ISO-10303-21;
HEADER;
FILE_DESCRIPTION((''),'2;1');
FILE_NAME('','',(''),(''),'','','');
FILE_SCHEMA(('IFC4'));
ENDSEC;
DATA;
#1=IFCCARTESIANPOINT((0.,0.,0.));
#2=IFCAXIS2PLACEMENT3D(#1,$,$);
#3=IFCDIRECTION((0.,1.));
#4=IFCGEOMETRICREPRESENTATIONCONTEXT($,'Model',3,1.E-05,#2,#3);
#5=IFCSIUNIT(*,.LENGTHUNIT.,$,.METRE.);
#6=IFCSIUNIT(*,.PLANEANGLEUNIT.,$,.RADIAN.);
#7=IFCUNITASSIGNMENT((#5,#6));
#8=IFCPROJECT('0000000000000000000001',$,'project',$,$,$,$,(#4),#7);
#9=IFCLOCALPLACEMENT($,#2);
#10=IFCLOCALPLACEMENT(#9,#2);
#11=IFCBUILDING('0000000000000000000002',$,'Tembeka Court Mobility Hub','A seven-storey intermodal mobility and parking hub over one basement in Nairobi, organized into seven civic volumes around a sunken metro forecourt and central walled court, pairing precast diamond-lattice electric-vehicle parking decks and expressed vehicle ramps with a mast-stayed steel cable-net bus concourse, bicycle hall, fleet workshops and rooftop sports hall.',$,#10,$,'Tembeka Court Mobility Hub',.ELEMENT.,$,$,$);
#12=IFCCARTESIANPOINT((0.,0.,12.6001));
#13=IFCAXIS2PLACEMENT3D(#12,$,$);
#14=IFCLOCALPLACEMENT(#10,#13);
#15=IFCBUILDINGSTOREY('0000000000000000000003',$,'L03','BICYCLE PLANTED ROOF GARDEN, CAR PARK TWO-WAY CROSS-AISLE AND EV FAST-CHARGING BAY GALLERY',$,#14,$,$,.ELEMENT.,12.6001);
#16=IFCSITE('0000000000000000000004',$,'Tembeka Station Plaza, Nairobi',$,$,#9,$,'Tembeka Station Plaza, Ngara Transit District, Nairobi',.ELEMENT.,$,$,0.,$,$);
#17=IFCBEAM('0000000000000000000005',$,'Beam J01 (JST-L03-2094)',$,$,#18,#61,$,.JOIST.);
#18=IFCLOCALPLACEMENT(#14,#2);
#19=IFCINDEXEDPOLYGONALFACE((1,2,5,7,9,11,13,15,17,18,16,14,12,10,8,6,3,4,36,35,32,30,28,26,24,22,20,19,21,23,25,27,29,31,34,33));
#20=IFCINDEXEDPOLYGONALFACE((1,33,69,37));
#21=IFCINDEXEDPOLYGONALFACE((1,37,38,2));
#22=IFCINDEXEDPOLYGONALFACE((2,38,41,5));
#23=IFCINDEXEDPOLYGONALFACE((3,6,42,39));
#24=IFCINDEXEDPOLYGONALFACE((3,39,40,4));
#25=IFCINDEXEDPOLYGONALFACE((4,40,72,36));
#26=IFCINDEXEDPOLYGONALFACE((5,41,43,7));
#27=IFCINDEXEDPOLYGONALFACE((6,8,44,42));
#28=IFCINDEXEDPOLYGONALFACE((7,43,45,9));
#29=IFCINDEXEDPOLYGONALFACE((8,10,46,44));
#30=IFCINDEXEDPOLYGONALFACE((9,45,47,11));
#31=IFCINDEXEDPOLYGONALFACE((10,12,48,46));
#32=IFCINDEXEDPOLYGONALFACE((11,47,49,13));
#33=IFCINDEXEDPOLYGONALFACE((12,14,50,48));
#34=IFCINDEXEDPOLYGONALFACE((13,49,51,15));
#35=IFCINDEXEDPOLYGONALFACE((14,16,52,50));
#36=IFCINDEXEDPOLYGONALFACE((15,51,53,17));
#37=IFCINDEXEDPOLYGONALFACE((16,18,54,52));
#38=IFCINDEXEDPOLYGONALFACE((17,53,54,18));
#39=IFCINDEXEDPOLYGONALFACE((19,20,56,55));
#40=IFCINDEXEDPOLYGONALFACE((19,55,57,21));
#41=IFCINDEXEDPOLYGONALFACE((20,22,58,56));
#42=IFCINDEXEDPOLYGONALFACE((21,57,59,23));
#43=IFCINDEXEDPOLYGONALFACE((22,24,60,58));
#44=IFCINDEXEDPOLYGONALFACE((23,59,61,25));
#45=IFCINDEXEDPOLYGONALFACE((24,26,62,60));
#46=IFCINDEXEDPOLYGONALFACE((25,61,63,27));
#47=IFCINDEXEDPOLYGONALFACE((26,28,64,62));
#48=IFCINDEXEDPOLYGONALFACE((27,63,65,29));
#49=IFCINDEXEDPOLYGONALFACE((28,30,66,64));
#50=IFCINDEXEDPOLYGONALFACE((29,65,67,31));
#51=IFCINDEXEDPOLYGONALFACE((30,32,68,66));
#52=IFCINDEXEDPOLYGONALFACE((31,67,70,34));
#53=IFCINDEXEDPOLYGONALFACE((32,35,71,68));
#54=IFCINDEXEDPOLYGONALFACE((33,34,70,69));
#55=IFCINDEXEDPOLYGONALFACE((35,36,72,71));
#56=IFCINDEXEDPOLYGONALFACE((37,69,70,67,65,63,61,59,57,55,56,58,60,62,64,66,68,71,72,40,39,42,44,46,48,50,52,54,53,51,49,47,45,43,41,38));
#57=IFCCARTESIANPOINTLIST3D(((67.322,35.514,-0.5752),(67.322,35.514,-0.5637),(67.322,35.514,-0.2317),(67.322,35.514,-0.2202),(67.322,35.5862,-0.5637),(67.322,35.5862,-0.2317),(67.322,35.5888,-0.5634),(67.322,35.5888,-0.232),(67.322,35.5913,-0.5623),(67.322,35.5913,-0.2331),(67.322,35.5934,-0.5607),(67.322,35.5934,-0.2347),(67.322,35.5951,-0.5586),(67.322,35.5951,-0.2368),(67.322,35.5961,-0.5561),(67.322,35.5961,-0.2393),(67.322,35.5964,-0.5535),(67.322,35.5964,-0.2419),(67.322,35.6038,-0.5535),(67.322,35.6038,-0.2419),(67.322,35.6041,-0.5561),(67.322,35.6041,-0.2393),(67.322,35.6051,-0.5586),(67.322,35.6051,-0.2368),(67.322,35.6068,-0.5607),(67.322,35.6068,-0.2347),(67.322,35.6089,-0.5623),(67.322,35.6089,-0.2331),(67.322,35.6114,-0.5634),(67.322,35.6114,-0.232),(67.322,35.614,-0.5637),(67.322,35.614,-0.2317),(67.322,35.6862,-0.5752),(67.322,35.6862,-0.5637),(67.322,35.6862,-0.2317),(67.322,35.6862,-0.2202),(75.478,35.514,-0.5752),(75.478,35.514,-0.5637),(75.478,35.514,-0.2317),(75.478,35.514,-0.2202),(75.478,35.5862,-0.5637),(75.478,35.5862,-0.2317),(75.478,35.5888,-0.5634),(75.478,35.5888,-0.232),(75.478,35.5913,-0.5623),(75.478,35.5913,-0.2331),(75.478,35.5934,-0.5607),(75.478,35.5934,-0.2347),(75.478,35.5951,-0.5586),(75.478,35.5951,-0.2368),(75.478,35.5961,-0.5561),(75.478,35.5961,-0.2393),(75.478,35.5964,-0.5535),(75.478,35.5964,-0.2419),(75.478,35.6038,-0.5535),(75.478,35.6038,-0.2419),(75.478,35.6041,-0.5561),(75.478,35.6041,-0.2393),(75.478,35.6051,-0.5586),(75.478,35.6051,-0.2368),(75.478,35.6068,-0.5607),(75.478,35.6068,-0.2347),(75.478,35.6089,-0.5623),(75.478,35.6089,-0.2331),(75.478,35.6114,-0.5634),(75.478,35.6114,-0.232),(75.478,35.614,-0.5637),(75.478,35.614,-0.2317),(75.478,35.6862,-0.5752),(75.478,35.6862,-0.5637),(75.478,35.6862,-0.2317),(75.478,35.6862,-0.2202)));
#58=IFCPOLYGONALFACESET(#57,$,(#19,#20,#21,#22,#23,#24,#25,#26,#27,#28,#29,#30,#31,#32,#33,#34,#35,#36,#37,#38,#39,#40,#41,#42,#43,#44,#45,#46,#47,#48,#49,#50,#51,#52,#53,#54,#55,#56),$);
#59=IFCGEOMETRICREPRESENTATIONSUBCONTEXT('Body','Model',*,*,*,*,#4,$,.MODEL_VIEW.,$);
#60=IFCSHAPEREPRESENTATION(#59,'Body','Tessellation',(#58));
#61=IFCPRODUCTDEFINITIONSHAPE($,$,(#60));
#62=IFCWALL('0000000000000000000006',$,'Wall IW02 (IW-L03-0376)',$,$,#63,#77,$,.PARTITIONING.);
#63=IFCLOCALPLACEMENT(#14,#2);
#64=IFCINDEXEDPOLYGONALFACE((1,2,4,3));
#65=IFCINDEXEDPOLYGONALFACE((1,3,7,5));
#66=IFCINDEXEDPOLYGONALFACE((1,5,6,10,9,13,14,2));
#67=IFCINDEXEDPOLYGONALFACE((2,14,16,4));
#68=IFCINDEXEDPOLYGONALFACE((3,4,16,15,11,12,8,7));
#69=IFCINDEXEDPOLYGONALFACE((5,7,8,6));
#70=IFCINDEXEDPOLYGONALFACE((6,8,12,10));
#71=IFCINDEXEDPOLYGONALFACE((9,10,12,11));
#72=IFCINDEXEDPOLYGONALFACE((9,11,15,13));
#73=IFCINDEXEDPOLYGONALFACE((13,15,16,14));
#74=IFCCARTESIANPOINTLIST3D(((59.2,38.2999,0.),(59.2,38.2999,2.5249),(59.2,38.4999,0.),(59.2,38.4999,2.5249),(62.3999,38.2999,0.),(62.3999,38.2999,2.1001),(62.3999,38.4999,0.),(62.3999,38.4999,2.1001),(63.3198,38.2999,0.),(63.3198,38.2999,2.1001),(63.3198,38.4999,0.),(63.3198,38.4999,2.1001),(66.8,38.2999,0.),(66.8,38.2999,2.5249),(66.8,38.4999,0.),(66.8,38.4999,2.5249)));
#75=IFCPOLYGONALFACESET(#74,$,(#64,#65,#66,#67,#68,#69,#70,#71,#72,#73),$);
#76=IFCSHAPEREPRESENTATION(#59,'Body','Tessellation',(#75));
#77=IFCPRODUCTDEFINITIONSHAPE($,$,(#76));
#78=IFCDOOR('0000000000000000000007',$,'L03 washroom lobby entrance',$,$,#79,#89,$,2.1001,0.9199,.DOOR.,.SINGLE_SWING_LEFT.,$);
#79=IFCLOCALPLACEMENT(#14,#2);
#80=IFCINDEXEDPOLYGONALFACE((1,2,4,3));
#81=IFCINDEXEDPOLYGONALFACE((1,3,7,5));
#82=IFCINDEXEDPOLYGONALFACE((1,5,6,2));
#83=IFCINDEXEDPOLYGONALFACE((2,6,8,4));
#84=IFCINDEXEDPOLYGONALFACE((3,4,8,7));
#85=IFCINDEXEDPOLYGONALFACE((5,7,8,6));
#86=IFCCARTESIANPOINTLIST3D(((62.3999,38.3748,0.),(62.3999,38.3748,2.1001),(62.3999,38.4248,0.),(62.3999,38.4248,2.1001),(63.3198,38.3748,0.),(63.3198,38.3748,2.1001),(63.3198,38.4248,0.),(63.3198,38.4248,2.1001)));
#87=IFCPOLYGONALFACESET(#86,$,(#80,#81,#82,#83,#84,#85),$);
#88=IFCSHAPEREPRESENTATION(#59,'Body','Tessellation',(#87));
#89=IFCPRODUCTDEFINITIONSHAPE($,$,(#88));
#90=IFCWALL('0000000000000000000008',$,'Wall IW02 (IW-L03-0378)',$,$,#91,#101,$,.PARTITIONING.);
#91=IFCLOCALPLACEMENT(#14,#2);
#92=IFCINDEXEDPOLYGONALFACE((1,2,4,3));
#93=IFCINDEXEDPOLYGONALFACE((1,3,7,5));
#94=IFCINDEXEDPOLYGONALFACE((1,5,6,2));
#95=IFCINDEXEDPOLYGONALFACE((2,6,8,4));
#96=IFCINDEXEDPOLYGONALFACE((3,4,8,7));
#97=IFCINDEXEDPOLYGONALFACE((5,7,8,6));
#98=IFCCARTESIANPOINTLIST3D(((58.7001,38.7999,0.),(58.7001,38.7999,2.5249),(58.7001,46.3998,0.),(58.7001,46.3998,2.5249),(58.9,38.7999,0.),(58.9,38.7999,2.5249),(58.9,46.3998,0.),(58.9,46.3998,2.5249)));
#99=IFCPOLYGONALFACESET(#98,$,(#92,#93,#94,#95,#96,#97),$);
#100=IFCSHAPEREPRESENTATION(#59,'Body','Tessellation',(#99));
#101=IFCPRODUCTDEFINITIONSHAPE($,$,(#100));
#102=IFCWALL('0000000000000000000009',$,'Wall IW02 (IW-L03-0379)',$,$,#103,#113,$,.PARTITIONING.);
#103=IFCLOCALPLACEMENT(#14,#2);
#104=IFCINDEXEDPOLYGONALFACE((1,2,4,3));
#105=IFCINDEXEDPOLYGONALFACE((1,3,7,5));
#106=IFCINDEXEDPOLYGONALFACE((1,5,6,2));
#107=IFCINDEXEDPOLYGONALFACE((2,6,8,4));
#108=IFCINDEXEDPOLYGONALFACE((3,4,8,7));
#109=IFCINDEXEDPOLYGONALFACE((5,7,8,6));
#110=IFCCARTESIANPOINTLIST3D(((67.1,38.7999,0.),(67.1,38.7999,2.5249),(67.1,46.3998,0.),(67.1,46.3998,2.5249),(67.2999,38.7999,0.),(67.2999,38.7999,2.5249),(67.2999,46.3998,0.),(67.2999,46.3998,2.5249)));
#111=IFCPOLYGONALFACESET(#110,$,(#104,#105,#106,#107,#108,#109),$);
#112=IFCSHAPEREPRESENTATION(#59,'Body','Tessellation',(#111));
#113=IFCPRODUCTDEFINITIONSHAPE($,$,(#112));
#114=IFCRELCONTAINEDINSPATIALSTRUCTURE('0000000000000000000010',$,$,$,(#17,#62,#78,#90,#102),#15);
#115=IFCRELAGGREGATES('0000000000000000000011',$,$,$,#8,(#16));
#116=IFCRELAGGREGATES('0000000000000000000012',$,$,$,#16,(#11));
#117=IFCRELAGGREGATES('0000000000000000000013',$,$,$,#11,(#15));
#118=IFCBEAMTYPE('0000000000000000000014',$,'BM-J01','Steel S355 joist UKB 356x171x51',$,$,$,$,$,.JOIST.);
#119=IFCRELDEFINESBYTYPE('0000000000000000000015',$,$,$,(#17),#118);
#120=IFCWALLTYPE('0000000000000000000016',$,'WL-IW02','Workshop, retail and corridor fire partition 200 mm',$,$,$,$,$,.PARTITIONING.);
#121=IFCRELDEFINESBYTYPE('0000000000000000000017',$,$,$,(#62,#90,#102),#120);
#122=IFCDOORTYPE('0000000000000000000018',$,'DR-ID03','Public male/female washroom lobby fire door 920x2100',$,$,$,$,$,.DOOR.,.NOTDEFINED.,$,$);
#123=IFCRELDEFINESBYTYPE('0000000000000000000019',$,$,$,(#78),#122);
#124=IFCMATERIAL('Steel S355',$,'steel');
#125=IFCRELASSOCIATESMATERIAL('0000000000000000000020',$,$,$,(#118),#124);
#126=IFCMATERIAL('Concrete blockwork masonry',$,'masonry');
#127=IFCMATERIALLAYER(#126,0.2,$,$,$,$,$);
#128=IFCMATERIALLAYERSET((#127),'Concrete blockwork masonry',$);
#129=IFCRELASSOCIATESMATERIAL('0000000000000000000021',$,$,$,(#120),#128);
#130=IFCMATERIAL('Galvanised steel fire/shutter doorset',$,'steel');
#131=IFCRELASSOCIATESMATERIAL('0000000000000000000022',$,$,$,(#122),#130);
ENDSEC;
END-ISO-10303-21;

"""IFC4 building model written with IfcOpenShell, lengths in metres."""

from ifc_helpers import new_model, si_unit, direction, frame, frame_2d, origin, origin_2d, place, context, subcontext, project, spatial, rectangle, i_section, extrude, material, layer, layer_set, material_profile, profile_set, type_object, element, fill, save


model = new_model("IFC4")

# Units and contexts
model_context = context("Model", 3, precision=1e-05, world=origin(), true_north=direction((0.0, 1.0)))
body_context = subcontext(model_context, "Body", "Model", "MODEL_VIEW")
ifc_project = project(units=[si_unit("LENGTHUNIT", "METRE"), si_unit("PLANEANGLEUNIT", "RADIAN")], contexts=[model_context])

# Site, building, storey
site_placement = place(None, origin())
site = spatial("IfcSite", under=ifc_project, at=site_placement, Name="Tembeka Station Plaza, Nairobi", LongName="Tembeka Station Plaza, Ngara Transit District, Nairobi", CompositionType="ELEMENT", RefElevation=0.0)
building_placement = place(site_placement, origin())
building = spatial("IfcBuilding", under=site, at=building_placement, Name="Tembeka Court Mobility Hub", Description="A seven-storey intermodal mobility and parking hub over one basement in Nairobi, organized into seven civic volumes around a sunken metro forecourt and central walled court, pairing precast diamond-lattice electric-vehicle parking decks and expressed vehicle ramps with a mast-stayed steel cable-net bus concourse, bicycle hall, fleet workshops and rooftop sports hall.", LongName="Tembeka Court Mobility Hub", CompositionType="ELEMENT")
storey_placement = place(building_placement, frame((0.0, 0.0, 12.6001)))
storey = spatial("IfcBuildingStorey", under=building, at=storey_placement, Name="L03", Description="BICYCLE PLANTED ROOF GARDEN, CAR PARK TWO-WAY CROSS-AISLE AND EV FAST-CHARGING BAY GALLERY", CompositionType="ELEMENT", Elevation=12.6001)

# Shared definitions
ifc_material_1 = material(Name="Steel S355", Category="steel")

# Beam
ifc_material_profile_1 = material_profile(ifc_material_1, i_section(OverallWidth=0.1721, OverallDepth=0.355, WebThickness=0.0073, FlangeThickness=0.0115, FilletRadius=0.0103, at=origin_2d()), Name="UKB 356x171x51")
ifc_profile_set_1 = profile_set([ifc_material_profile_1], Name="Steel S355")
beam_type_1 = type_object("IfcBeamType", Name="BM-J01", Description="Steel S355 joist UKB 356x171x51", PredefinedType="JOIST", material=ifc_profile_set_1)
for number, where, z_axis, x_axis, name in (
    (1, (67.322, 35.6001, -0.3977), (1.0, 0.0, 0.0), (0.0, 1.0, 0.0), "Beam J01 (JST-L03-2094)"),
):
    element("IfcBeam", number, at=place(storey_placement, frame(where, z_axis=z_axis, x_axis=x_axis)), inside=storey, type_object=beam_type_1, Name=name, PredefinedType="JOIST", context=body_context, shape_type="SweptSolid", body=[
        extrude(i_section(OverallWidth=0.1721, OverallDepth=0.355, WebThickness=0.0073, FlangeThickness=0.0115, FilletRadius=0.0103, at=origin_2d()), origin(), (0.0, 0.0, 1.0), 8.156),
    ])

# Wall, opening, door
ifc_material_2 = material(Name="Concrete blockwork masonry", Category="masonry")
ifc_layer = layer(ifc_material_2, 0.2)
ifc_layer_set = layer_set([ifc_layer], Name="Concrete blockwork masonry")
wall_type = type_object("IfcWallType", Name="WL-IW02", Description="Workshop, retail and corridor fire partition 200 mm", PredefinedType="PARTITIONING", material=ifc_layer_set)
wall_placement = place(storey_placement, frame((59.2, 38.3999, 0.0), z_axis=(0.0, 0.0, 1.0), x_axis=(1.0, 0.0, 0.0)))
wall = element("IfcWall", 2, at=wall_placement, inside=storey, type_object=wall_type, Name="Wall IW02 (IW-L03-0376)", PredefinedType="PARTITIONING", context=body_context, shape_type="SweptSolid", body=[
    extrude(rectangle(XDim=7.6001, YDim=0.2, at=frame_2d((3.8, 0.0))), origin(), (0.0, 0.0, 1.0), 2.5249),
])
opening_placement = place(wall_placement, frame((3.2, 0.0, 0.0)))
opening = element("IfcOpeningElement", 3, at=opening_placement, cuts=wall, PredefinedType="OPENING", context=body_context, shape_type="SweptSolid", body=[
    extrude(rectangle(XDim=0.9199, YDim=2.1001, at=frame_2d((0.46, 1.05))), frame((0.0, 0.1099, 0.0), z_axis=(0.0, -1.0, 0.0), x_axis=(1.0, 0.0, 0.0)), (0.0, 0.0, 1.0), 0.22),
])
ifc_material_3 = material(Name="Galvanised steel fire/shutter doorset", Category="steel")
door_type = type_object("IfcDoorType", Name="DR-ID03", Description="Public male/female washroom lobby fire door 920x2100", OperationType="NOTDEFINED", PredefinedType="DOOR", material=ifc_material_3)
door_placement = place(opening_placement, origin())
door = element("IfcDoor", 4, at=door_placement, inside=storey, type_object=door_type, Name="L03 washroom lobby entrance", OperationType="SINGLE_SWING_LEFT", OverallHeight=2.1001, OverallWidth=0.9199, PredefinedType="DOOR", context=body_context, shape_type="SweptSolid", body=[
    extrude(rectangle(XDim=0.9199, YDim=2.1001, at=frame_2d((0.46, 1.05))), frame((0.0, 0.0249, 0.0), z_axis=(0.0, -1.0, 0.0), x_axis=(1.0, 0.0, 0.0)), (0.0, 0.0, 1.0), 0.05),
])
fill(opening, door)

# Walls
for number, where, z_axis, x_axis, name in (
    (5, (58.8, 38.8, 0.0), (0.0, 0.0, 1.0), (0.0, 1.0, 0.0), "Wall IW02 (IW-L03-0378)"),
    (6, (67.2, 38.8, 0.0), (0.0, 0.0, 1.0), (0.0, 1.0, 0.0), "Wall IW02 (IW-L03-0379)"),
):
    element("IfcWall", number, at=place(storey_placement, frame(where, z_axis=z_axis, x_axis=x_axis)), inside=storey, type_object=wall_type, Name=name, PredefinedType="PARTITIONING", context=body_context, shape_type="SweptSolid", body=[
        extrude(rectangle(XDim=7.5999, YDim=0.2, at=frame_2d((3.7998, 0.0))), origin(), (0.0, 0.0, 1.0), 2.5249),
    ])

save(model, "model.ifc")
